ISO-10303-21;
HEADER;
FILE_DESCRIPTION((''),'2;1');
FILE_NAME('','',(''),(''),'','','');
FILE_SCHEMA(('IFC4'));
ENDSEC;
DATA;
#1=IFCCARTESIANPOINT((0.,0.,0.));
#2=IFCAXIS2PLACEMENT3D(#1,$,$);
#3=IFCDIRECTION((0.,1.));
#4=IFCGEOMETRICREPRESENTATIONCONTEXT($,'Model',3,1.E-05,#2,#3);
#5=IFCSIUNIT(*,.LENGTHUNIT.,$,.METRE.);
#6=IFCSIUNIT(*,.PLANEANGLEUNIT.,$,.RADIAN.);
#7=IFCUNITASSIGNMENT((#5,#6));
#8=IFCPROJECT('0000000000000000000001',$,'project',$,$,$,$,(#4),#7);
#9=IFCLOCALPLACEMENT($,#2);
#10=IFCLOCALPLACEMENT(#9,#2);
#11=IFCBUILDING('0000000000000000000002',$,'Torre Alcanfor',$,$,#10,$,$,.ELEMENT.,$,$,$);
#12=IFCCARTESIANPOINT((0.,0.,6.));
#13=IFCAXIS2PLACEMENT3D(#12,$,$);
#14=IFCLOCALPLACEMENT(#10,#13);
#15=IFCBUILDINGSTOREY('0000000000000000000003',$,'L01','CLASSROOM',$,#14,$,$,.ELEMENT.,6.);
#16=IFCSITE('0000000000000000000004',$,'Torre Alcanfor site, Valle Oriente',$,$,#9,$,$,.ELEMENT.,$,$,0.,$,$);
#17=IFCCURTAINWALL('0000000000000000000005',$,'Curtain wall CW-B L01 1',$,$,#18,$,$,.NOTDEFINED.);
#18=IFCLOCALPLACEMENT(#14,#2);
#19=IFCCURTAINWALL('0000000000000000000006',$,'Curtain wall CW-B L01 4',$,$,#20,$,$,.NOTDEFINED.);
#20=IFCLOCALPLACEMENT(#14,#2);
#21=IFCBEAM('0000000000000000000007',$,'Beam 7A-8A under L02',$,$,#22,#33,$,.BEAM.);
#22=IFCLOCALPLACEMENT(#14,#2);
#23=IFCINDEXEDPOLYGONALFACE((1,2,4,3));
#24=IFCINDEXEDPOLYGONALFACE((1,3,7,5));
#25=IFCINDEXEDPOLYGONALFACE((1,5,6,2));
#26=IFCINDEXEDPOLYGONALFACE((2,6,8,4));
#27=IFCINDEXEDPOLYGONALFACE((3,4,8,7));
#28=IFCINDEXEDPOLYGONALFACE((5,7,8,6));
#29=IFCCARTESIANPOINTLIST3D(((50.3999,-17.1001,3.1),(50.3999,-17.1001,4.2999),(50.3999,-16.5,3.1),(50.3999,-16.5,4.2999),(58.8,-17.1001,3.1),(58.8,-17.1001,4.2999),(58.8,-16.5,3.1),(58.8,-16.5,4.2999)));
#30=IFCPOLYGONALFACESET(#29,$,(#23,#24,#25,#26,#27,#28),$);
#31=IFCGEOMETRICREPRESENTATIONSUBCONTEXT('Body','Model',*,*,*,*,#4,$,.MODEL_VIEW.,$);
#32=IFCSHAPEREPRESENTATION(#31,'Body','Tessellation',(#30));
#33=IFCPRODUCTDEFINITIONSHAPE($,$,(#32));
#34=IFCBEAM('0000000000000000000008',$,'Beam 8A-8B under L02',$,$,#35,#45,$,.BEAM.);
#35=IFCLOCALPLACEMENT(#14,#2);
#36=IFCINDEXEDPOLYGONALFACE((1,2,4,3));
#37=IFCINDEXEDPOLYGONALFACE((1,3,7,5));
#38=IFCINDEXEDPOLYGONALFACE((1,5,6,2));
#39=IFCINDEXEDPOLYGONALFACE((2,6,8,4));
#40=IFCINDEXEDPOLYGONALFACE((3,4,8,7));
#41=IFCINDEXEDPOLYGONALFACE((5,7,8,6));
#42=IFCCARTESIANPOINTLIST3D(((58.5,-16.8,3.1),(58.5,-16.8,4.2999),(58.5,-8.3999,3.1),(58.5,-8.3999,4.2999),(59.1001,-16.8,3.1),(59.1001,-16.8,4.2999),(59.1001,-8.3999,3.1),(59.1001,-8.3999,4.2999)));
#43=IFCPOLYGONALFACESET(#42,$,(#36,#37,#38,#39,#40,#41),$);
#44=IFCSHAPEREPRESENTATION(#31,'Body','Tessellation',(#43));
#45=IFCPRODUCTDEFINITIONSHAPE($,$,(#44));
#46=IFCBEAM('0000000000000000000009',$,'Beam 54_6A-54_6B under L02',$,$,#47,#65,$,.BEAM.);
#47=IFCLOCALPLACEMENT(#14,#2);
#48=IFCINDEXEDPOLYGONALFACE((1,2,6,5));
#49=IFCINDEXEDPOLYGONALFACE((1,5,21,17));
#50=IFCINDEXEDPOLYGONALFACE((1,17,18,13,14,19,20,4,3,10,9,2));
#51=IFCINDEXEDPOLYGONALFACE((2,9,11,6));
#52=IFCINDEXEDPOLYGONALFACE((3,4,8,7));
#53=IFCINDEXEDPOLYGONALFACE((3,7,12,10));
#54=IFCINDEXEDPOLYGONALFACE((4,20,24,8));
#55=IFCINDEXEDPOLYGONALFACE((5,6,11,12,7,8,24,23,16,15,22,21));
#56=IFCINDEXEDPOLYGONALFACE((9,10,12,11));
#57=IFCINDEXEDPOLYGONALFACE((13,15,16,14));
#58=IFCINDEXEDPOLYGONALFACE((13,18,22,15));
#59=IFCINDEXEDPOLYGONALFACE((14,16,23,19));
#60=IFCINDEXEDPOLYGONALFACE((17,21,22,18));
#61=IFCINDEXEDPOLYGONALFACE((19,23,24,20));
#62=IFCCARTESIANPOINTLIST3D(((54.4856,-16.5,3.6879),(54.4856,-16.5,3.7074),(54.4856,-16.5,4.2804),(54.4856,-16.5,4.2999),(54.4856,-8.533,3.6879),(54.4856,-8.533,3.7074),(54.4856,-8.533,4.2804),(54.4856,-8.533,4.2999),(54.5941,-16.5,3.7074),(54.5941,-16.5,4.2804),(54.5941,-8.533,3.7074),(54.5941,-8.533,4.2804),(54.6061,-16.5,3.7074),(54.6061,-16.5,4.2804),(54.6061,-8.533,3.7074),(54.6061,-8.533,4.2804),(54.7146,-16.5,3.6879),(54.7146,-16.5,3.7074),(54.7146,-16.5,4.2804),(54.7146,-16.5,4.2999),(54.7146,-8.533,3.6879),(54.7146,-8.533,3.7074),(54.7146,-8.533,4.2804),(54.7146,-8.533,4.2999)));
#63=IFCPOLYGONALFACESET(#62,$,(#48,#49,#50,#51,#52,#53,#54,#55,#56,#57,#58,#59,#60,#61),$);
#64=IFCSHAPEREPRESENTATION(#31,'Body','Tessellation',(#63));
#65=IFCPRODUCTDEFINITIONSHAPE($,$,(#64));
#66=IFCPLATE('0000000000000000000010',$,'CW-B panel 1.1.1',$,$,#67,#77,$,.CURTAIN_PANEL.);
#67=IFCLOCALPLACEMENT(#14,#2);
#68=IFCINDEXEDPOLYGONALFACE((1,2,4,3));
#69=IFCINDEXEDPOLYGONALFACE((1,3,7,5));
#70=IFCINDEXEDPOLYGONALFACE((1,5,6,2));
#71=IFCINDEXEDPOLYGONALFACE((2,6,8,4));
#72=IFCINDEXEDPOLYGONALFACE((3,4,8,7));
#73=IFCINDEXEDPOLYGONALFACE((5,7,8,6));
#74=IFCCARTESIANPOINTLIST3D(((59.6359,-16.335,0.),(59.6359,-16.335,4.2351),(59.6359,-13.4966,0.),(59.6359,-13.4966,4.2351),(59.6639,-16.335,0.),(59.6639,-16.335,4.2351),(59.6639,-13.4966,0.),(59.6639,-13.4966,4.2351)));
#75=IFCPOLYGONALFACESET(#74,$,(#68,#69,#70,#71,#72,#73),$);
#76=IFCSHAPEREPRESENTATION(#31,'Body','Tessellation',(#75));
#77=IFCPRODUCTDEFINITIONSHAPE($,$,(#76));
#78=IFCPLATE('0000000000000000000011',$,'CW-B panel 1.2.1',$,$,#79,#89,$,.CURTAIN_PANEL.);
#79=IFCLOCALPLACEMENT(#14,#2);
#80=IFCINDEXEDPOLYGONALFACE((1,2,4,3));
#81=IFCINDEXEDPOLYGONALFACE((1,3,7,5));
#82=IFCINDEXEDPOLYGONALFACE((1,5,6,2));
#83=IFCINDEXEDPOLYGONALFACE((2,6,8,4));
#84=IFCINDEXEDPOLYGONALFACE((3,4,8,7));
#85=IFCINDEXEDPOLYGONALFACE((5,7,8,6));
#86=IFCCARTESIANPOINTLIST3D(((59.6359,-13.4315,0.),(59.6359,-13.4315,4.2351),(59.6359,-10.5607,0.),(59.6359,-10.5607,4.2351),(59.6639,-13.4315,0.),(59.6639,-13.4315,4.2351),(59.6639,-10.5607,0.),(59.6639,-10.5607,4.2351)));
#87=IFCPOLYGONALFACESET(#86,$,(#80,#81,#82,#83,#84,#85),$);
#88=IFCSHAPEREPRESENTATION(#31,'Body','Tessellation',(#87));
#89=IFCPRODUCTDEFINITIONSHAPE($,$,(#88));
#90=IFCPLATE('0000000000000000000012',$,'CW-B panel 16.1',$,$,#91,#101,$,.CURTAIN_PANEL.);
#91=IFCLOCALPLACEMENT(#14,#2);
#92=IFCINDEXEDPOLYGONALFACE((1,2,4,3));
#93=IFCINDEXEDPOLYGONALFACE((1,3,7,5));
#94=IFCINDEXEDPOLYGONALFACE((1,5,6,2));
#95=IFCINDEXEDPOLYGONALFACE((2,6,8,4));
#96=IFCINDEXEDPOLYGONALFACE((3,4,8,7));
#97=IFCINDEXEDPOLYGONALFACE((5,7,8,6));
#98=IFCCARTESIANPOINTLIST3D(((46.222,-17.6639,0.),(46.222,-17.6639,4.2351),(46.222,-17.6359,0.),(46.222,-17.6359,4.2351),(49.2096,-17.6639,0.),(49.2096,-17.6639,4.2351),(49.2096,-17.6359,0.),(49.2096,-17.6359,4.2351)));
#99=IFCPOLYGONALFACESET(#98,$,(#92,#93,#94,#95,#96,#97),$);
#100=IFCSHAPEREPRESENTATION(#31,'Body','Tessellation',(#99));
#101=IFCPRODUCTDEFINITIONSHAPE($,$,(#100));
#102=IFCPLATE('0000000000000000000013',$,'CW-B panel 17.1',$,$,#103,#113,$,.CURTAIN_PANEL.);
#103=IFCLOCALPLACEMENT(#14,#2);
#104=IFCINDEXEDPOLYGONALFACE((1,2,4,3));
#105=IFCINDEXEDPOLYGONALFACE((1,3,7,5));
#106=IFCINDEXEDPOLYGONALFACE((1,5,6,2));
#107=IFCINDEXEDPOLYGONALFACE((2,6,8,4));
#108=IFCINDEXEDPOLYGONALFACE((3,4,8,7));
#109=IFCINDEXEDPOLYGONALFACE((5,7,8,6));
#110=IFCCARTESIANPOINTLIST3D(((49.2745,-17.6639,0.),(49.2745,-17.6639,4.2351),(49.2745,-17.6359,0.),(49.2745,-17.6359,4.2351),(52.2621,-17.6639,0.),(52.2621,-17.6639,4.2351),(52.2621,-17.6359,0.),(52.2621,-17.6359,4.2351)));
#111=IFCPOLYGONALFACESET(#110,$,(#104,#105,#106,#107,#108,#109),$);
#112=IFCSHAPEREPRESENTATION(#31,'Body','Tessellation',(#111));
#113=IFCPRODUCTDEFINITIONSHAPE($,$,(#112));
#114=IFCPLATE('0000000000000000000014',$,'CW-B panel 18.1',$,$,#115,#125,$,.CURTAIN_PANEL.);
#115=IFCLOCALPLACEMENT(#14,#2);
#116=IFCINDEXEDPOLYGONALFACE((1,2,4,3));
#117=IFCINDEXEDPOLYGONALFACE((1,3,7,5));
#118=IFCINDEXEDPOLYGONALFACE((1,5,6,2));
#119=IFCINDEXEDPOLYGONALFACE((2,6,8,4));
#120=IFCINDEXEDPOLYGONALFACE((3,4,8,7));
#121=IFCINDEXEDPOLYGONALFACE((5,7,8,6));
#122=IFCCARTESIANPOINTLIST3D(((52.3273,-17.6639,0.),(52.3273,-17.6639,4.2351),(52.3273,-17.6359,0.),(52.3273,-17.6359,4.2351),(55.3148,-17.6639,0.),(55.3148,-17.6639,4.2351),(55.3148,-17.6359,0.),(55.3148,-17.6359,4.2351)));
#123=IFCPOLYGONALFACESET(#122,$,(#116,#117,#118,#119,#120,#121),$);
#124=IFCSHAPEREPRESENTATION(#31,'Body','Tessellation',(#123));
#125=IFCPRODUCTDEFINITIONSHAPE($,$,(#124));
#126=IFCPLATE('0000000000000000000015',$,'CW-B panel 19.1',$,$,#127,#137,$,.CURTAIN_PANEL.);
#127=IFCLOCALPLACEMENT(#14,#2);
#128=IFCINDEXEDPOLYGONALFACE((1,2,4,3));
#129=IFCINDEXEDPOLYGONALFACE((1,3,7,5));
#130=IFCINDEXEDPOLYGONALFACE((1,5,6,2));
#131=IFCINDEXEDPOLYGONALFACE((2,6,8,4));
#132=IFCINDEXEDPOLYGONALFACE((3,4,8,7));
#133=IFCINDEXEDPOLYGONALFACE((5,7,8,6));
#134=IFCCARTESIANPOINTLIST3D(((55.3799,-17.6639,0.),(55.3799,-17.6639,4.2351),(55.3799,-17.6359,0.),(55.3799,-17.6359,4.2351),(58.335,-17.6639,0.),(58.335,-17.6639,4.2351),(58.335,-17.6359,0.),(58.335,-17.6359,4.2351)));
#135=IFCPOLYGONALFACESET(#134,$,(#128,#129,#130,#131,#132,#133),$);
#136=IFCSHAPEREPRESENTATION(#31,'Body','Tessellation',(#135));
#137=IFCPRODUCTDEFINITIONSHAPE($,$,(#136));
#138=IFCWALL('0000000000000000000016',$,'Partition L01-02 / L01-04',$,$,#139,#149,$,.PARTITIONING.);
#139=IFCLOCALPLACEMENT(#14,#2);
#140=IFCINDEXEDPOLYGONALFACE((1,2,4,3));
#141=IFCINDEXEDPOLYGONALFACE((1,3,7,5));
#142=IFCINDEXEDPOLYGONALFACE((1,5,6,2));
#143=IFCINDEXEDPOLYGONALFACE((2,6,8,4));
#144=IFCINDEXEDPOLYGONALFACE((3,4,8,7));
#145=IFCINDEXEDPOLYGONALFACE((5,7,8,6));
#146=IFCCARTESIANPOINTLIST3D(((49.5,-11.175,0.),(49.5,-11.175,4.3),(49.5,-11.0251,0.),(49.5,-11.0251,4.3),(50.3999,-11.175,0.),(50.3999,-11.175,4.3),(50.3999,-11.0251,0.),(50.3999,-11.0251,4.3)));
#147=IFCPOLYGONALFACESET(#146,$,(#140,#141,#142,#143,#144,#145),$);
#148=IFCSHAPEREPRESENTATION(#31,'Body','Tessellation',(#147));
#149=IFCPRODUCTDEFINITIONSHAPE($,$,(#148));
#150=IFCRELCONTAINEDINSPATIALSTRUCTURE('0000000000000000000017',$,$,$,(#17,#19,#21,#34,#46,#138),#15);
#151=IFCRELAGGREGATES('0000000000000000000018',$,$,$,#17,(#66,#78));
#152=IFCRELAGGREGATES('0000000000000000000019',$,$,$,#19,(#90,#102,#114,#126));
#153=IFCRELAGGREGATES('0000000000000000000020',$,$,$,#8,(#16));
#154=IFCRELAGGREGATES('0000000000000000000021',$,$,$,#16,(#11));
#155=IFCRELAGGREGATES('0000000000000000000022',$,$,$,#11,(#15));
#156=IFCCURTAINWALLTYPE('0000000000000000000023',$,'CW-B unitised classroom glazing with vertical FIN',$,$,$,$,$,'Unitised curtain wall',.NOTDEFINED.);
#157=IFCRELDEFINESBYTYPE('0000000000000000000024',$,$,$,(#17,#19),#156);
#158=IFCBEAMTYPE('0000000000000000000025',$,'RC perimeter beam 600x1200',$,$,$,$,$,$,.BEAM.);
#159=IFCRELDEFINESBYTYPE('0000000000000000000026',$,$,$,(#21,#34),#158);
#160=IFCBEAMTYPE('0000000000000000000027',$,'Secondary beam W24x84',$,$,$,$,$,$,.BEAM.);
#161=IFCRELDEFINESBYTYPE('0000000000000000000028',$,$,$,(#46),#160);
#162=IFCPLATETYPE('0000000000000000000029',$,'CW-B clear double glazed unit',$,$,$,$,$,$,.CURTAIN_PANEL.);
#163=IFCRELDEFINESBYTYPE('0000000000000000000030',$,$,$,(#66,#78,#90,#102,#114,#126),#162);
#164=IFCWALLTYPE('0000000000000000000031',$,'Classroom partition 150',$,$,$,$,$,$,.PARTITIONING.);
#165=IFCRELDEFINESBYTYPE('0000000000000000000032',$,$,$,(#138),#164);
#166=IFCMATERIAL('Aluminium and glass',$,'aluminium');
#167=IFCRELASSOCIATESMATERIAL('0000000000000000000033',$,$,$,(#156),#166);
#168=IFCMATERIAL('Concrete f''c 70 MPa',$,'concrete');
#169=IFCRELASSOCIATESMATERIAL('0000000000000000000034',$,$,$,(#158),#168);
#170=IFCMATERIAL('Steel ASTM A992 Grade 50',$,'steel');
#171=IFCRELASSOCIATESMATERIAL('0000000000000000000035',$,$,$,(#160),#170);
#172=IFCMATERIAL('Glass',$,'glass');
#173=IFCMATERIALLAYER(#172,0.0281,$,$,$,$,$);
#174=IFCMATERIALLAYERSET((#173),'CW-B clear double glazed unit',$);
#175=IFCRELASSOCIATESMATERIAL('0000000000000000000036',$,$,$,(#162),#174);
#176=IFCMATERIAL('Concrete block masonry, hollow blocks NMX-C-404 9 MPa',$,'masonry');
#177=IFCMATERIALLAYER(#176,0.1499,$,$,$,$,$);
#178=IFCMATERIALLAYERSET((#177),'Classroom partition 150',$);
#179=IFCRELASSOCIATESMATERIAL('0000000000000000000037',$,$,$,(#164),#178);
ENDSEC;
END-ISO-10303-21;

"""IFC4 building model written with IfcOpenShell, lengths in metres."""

from ifc_helpers import new_model, si_unit, direction, frame, frame_2d, origin, origin_2d, place, context, subcontext, project, spatial, rectangle, i_section, extrude, material, layer, layer_set, material_profile, profile_set, type_object, element, aggregate, save


model = new_model("IFC4")

# Units and contexts
model_context = context("Model", 3, precision=1e-05, world=origin(), true_north=direction((0.0, 1.0)))
body_context = subcontext(model_context, "Body", "Model", "MODEL_VIEW")
ifc_project = project(units=[si_unit("LENGTHUNIT", "METRE"), si_unit("PLANEANGLEUNIT", "RADIAN")], contexts=[model_context])

# Site, building, storey
site_placement = place(None, origin())
site = spatial("IfcSite", under=ifc_project, at=site_placement, Name="Torre Alcanfor site, Valle Oriente", CompositionType="ELEMENT", RefElevation=0.0)
building_placement = place(site_placement, origin())
building = spatial("IfcBuilding", under=site, at=building_placement, Name="Torre Alcanfor", CompositionType="ELEMENT")
storey_placement = place(building_placement, frame((0.0, 0.0, 6.0)))
storey = spatial("IfcBuildingStorey", under=building, at=storey_placement, Name="L01", Description="CLASSROOM", CompositionType="ELEMENT", Elevation=6.0)

# Curtain walls
ifc_material_1 = material(Name="Aluminium and glass", Category="aluminium")
curtain_wall_type = type_object("IfcCurtainWallType", Name="CW-B unitised classroom glazing with vertical FIN", ElementType="Unitised curtain wall", PredefinedType="NOTDEFINED", material=ifc_material_1)
curtain_wall_1_placement = place(storey_placement, origin())
curtain_wall_1 = element("IfcCurtainWall", 1, at=curtain_wall_1_placement, inside=storey, type_object=curtain_wall_type, Name="Curtain wall CW-B L01 1", PredefinedType="NOTDEFINED")
curtain_wall_2_placement = place(storey_placement, origin())
curtain_wall_2 = element("IfcCurtainWall", 2, at=curtain_wall_2_placement, inside=storey, type_object=curtain_wall_type, Name="Curtain wall CW-B L01 4", PredefinedType="NOTDEFINED")

# Beams
ifc_material_2 = material(Name="Concrete f'c 70 MPa", Category="concrete")
ifc_material_profile_1 = material_profile(ifc_material_2, rectangle(XDim=0.6001, YDim=1.2, at=origin_2d()), Name="600x1200")
ifc_profile_set_1 = profile_set([ifc_material_profile_1], Name="Concrete f'c 70 MPa")
beam_type_1 = type_object("IfcBeamType", Name="RC perimeter beam 600x1200", PredefinedType="BEAM", material=ifc_profile_set_1)
for number, where, z_axis, x_axis, name in (
    (3, (50.3999, -16.8, 3.7), (1.0, 0.0, 0.0), (0.0, 1.0, 0.0), "Beam 7A-8A under L02"),
    (4, (58.8, -16.8, 3.7), (0.0, 1.0, 0.0), (-1.0, 0.0, 0.0), "Beam 8A-8B under L02"),
):
    element("IfcBeam", number, at=place(storey_placement, frame(where, z_axis=z_axis, x_axis=x_axis)), inside=storey, type_object=beam_type_1, Name=name, PredefinedType="BEAM", context=body_context, shape_type="SweptSolid", body=[
        extrude(rectangle(XDim=0.6001, YDim=1.2, at=origin_2d()), origin(), (0.0, 0.0, 1.0), 8.4001),
    ])
ifc_material_3 = material(Name="Steel ASTM A992 Grade 50", Category="steel")
ifc_material_profile_2 = material_profile(ifc_material_3, i_section(OverallWidth=0.229, OverallDepth=0.6121, WebThickness=0.012, FlangeThickness=0.0195, at=origin_2d()), Name="W24x84")
ifc_profile_set_2 = profile_set([ifc_material_profile_2], Name="Steel ASTM A992 Grade 50")
beam_type_2 = type_object("IfcBeamType", Name="Secondary beam W24x84", PredefinedType="BEAM", material=ifc_profile_set_2)
beam_1_placement = place(storey_placement, frame((54.6001, -16.5, 3.9939), z_axis=(0.0, 1.0, 0.0), x_axis=(-1.0, 0.0, 0.0)))
element("IfcBeam", 5, at=beam_1_placement, inside=storey, type_object=beam_type_2, Name="Beam 54_6A-54_6B under L02", PredefinedType="BEAM", context=body_context, shape_type="SweptSolid", body=[
    extrude(i_section(OverallWidth=0.229, OverallDepth=0.6121, WebThickness=0.012, FlangeThickness=0.0195, at=origin_2d()), origin(), (0.0, 0.0, 1.0), 7.967),
])

# Plates
ifc_material_4 = material(Name="Glass", Category="glass")
ifc_layer_1 = layer(ifc_material_4, 0.0281)
ifc_layer_set_1 = layer_set([ifc_layer_1], Name="CW-B clear double glazed unit")
plate_type = type_object("IfcPlateType", Name="CW-B clear double glazed unit", PredefinedType="CURTAIN_PANEL", material=ifc_layer_set_1)
plate_1_placement = place(storey_placement, frame((59.6499, -14.9158, 0.0), z_axis=(0.0, 0.0, 1.0), x_axis=(0.0, 1.0, 0.0)))
plate_1 = element("IfcPlate", 6, at=plate_1_placement, type_object=plate_type, Name="CW-B panel 1.1.1", PredefinedType="CURTAIN_PANEL", context=body_context, shape_type="SweptSolid", body=[
    extrude(rectangle(XDim=2.8384, YDim=0.0281, at=origin_2d()), origin(), (0.0, 0.0, 1.0), 4.2351),
])
plate_2_placement = place(storey_placement, frame((59.6499, -11.9961, 0.0), z_axis=(0.0, 0.0, 1.0), x_axis=(0.0, 1.0, 0.0)))
plate_2 = element("IfcPlate", 7, at=plate_2_placement, type_object=plate_type, Name="CW-B panel 1.2.1", PredefinedType="CURTAIN_PANEL", context=body_context, shape_type="SweptSolid", body=[
    extrude(rectangle(XDim=2.8708, YDim=0.0281, at=origin_2d()), origin(), (0.0, 0.0, 1.0), 4.2351),
])
aggregate(curtain_wall_1, [plate_1, plate_2])
plate_3_placement = place(storey_placement, frame((47.7158, -17.6499, 0.0), z_axis=(0.0, 0.0, 1.0), x_axis=(1.0, 0.0, 0.0)))
plate_3 = element("IfcPlate", 8, at=plate_3_placement, type_object=plate_type, Name="CW-B panel 16.1", PredefinedType="CURTAIN_PANEL", context=body_context, shape_type="SweptSolid", body=[
    extrude(rectangle(XDim=2.9875, YDim=0.0281, at=origin_2d()), origin(), (0.0, 0.0, 1.0), 4.2351),
])
plate_4_placement = place(storey_placement, frame((50.7683, -17.6499, 0.0), z_axis=(0.0, 0.0, 1.0), x_axis=(1.0, 0.0, 0.0)))
plate_4 = element("IfcPlate", 9, at=plate_4_placement, type_object=plate_type, Name="CW-B panel 17.1", PredefinedType="CURTAIN_PANEL", context=body_context, shape_type="SweptSolid", body=[
    extrude(rectangle(XDim=2.9875, YDim=0.0281, at=origin_2d()), origin(), (0.0, 0.0, 1.0), 4.2351),
])
plate_5_placement = place(storey_placement, frame((53.821, -17.6499, 0.0), z_axis=(0.0, 0.0, 1.0), x_axis=(1.0, 0.0, 0.0)))
plate_5 = element("IfcPlate", 10, at=plate_5_placement, type_object=plate_type, Name="CW-B panel 18.1", PredefinedType="CURTAIN_PANEL", context=body_context, shape_type="SweptSolid", body=[
    extrude(rectangle(XDim=2.9875, YDim=0.0281, at=origin_2d()), origin(), (0.0, 0.0, 1.0), 4.2351),
])
plate_6_placement = place(storey_placement, frame((56.8574, -17.6499, 0.0), z_axis=(0.0, 0.0, 1.0), x_axis=(1.0, 0.0, 0.0)))
plate_6 = element("IfcPlate", 11, at=plate_6_placement, type_object=plate_type, Name="CW-B panel 19.1", PredefinedType="CURTAIN_PANEL", context=body_context, shape_type="SweptSolid", body=[
    extrude(rectangle(XDim=2.9551, YDim=0.0281, at=origin_2d()), origin(), (0.0, 0.0, 1.0), 4.2351),
])
aggregate(curtain_wall_2, [plate_3, plate_4, plate_5, plate_6])

# Wall
ifc_material_5 = material(Name="Concrete block masonry, hollow blocks NMX-C-404 9 MPa", Category="masonry")
ifc_layer_2 = layer(ifc_material_5, 0.1499)
ifc_layer_set_2 = layer_set([ifc_layer_2], Name="Classroom partition 150")
wall_type_1 = type_object("IfcWallType", Name="Classroom partition 150", PredefinedType="PARTITIONING", material=ifc_layer_set_2)
wall_1_placement = place(storey_placement, frame((49.5, -11.1001, 0.0), z_axis=(0.0, 0.0, 1.0), x_axis=(1.0, 0.0, 0.0)))
element("IfcWall", 12, at=wall_1_placement, inside=storey, type_object=wall_type_1, Name="Partition L01-02 / L01-04", PredefinedType="PARTITIONING", context=body_context, shape_type="SweptSolid", body=[
    extrude(rectangle(XDim=0.8999, YDim=0.1499, at=frame_2d((0.45, 0.0))), origin(), (0.0, 0.0, 1.0), 4.3),
])

save(model, "model.ifc")
